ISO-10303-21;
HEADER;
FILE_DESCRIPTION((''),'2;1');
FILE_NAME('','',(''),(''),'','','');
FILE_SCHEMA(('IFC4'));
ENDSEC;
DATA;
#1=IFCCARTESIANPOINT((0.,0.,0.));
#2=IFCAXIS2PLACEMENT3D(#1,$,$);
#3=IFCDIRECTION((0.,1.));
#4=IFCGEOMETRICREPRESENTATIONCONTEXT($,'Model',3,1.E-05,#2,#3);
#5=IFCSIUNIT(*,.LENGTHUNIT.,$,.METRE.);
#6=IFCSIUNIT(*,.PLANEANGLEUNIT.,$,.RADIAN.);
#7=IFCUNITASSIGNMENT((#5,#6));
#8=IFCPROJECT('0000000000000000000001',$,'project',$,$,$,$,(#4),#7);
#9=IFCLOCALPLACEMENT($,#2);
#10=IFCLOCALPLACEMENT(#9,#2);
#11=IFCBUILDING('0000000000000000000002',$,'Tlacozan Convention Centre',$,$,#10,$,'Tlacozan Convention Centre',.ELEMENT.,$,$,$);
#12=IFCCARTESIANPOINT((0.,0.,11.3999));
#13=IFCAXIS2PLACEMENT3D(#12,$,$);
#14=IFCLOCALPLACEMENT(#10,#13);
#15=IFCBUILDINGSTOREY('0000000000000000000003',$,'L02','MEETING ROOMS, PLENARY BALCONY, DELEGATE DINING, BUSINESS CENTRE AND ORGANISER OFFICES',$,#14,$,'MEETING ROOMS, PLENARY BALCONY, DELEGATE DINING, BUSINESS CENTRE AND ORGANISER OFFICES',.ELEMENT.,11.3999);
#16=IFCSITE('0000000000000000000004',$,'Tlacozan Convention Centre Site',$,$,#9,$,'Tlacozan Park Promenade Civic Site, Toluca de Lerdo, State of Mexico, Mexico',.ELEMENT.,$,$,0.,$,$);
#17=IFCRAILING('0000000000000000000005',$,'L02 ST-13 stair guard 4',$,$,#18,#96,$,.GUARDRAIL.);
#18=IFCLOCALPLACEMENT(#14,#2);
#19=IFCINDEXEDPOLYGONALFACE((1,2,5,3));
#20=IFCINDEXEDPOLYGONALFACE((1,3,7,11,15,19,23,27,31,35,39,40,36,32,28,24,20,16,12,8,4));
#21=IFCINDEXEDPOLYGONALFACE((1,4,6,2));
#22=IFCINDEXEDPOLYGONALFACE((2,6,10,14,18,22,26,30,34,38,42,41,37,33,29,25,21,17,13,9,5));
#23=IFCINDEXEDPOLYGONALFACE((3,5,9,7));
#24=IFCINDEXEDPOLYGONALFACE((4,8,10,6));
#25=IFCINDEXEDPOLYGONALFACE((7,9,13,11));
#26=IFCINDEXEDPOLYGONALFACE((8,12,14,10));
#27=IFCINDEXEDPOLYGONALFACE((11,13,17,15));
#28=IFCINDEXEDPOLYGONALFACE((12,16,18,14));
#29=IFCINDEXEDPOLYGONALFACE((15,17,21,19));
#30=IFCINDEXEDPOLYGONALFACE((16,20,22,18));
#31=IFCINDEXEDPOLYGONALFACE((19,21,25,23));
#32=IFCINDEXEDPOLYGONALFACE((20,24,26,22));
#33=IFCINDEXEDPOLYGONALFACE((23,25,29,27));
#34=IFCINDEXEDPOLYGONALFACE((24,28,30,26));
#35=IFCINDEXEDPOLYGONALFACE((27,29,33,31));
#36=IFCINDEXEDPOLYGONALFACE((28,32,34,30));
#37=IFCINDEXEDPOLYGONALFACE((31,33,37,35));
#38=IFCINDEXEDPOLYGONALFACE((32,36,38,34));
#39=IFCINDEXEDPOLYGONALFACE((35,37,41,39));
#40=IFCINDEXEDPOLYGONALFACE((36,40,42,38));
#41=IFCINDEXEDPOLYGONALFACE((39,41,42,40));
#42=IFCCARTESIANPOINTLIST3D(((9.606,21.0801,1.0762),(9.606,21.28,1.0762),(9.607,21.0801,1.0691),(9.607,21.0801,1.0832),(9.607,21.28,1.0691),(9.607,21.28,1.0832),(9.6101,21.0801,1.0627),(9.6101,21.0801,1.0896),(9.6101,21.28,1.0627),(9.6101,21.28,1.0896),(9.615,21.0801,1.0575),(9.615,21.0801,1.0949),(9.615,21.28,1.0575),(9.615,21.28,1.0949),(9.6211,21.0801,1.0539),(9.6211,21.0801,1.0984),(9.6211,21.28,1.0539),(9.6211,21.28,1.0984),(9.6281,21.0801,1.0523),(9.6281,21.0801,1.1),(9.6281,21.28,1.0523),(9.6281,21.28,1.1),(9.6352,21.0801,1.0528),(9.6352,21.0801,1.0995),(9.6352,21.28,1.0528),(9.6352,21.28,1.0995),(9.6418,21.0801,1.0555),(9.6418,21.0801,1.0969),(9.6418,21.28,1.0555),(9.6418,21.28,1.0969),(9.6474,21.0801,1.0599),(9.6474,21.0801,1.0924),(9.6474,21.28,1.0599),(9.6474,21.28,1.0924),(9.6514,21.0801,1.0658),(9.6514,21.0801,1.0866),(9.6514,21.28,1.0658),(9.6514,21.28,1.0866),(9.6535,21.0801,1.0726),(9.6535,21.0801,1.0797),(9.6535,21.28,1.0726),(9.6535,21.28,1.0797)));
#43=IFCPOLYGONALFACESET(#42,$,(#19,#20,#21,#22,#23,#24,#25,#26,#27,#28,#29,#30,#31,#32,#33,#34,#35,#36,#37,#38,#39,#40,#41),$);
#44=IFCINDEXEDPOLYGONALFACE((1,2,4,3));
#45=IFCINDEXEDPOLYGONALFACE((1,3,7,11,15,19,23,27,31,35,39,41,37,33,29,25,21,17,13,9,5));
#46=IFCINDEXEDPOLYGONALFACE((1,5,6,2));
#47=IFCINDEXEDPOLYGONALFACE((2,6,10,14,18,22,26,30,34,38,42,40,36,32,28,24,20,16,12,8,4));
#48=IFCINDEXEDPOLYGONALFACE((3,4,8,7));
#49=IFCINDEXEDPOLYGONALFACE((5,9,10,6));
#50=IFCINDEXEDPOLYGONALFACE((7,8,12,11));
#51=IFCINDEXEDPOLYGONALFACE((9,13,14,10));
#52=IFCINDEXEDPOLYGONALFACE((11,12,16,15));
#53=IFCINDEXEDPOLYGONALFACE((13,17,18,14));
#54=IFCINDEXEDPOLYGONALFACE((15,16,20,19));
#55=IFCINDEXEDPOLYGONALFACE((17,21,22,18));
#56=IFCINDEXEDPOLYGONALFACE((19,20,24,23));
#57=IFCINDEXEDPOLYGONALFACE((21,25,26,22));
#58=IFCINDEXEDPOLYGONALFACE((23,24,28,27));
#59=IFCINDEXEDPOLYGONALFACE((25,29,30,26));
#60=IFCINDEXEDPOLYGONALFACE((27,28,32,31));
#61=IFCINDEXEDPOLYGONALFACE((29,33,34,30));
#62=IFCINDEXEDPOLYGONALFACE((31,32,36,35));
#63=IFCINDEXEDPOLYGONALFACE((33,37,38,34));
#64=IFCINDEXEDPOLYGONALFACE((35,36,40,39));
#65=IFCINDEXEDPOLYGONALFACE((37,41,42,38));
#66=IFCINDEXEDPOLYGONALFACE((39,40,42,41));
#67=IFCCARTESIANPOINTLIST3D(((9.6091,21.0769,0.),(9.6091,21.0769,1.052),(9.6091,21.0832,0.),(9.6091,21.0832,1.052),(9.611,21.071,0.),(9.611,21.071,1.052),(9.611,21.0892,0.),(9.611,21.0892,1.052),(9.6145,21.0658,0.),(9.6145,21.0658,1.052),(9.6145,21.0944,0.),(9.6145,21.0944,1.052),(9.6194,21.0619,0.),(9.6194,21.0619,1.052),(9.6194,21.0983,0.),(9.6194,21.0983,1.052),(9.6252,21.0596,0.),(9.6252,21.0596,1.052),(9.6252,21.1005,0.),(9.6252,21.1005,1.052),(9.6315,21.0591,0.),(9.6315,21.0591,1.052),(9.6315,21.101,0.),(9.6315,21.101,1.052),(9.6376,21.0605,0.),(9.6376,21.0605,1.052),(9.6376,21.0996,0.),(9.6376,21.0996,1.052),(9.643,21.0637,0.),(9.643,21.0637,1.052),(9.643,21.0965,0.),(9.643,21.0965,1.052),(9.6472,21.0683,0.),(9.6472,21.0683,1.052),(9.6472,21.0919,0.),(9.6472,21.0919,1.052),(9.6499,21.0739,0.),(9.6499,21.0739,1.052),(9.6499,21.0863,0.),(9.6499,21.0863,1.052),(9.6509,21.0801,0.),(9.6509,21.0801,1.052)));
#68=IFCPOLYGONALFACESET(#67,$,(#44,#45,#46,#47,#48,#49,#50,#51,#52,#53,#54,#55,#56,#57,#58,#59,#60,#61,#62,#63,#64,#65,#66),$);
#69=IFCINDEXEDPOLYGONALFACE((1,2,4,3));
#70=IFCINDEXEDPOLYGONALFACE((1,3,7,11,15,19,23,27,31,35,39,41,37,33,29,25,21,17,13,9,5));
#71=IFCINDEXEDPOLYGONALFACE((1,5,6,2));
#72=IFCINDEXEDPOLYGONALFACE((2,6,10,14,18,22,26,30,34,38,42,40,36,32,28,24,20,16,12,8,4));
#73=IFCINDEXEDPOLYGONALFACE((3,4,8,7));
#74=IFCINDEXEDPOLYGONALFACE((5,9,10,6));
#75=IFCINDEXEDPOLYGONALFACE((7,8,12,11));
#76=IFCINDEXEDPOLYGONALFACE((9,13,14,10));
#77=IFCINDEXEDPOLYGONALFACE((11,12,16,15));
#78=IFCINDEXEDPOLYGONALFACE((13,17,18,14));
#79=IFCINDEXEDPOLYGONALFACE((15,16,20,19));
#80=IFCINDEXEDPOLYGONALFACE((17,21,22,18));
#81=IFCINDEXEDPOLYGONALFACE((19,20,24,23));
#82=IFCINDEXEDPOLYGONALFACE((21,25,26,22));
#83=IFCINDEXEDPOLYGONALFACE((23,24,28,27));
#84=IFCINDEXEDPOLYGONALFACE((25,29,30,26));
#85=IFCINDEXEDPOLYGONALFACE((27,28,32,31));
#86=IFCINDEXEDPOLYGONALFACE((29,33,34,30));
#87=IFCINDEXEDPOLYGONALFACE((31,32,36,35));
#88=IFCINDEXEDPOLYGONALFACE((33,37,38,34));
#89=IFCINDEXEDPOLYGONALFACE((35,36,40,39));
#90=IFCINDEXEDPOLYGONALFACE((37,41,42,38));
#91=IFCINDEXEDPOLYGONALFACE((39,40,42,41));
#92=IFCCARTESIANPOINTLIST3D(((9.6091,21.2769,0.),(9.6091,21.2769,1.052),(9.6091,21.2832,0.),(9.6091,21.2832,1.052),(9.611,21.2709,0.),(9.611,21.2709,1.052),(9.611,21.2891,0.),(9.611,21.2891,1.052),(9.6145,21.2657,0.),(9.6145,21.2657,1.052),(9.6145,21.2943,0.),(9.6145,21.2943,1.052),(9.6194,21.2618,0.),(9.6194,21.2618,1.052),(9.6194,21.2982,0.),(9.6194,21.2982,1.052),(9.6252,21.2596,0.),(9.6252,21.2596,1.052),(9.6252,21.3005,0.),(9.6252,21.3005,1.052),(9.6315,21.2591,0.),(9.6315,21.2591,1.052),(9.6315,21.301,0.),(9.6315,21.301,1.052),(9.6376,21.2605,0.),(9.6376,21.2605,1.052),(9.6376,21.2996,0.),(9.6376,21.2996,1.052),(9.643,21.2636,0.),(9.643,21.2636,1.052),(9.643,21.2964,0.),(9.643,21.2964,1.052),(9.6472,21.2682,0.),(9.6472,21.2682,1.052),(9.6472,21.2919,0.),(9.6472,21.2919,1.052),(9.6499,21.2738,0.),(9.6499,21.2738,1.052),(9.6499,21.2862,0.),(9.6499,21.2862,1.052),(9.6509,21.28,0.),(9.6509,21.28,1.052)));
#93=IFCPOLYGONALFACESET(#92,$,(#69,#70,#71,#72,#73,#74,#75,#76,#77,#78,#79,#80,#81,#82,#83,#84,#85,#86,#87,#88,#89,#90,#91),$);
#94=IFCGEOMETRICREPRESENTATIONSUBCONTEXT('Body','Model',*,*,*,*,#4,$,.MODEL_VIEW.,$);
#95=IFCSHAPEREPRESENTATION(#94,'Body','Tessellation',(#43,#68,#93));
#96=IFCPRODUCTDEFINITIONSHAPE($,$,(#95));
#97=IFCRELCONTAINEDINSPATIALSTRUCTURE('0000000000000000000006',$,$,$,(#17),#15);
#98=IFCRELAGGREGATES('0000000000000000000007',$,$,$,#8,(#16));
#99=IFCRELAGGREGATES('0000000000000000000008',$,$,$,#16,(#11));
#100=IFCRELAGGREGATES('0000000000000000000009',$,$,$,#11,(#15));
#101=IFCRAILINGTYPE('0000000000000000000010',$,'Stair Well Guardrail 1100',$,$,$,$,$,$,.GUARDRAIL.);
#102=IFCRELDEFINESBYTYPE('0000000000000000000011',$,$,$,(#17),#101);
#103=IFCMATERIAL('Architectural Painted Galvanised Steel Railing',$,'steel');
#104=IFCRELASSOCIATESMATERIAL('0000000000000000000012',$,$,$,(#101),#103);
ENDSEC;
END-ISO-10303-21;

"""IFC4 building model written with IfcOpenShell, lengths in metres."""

from ifc_helpers import new_model, si_unit, direction, frame, origin, origin_2d, place, context, subcontext, project, spatial, circle, extrude, material, type_object, element, save


model = new_model("IFC4")

# Units and contexts
model_context = context("Model", 3, precision=1e-05, world=origin(), true_north=direction((0.0, 1.0)))
body_context = subcontext(model_context, "Body", "Model", "MODEL_VIEW")
ifc_project = project(units=[si_unit("LENGTHUNIT", "METRE"), si_unit("PLANEANGLEUNIT", "RADIAN")], contexts=[model_context])

# Site, building, storey
site_placement = place(None, origin())
site = spatial("IfcSite", under=ifc_project, at=site_placement, Name="Tlacozan Convention Centre Site", LongName="Tlacozan Park Promenade Civic Site, Toluca de Lerdo, State of Mexico, Mexico", CompositionType="ELEMENT", RefElevation=0.0)
building_placement = place(site_placement, origin())
building = spatial("IfcBuilding", under=site, at=building_placement, Name="Tlacozan Convention Centre", LongName="Tlacozan Convention Centre", CompositionType="ELEMENT")
storey_placement = place(building_placement, frame((0.0, 0.0, 11.3999)))
storey = spatial("IfcBuildingStorey", under=building, at=storey_placement, Name="L02", Description="MEETING ROOMS, PLENARY BALCONY, DELEGATE DINING, BUSINESS CENTRE AND ORGANISER OFFICES", LongName="MEETING ROOMS, PLENARY BALCONY, DELEGATE DINING, BUSINESS CENTRE AND ORGANISER OFFICES", CompositionType="ELEMENT", Elevation=11.3999)

# Railing
ifc_material_1 = material(Name="Architectural Painted Galvanised Steel Railing", Category="steel")
railing_type_1 = type_object("IfcRailingType", Name="Stair Well Guardrail 1100", PredefinedType="GUARDRAIL", material=ifc_material_1)
railing_1_placement = place(storey_placement, frame((9.6299, 21.0801, 0.0)))
element("IfcRailing", 1, at=railing_1_placement, inside=storey, type_object=railing_type_1, Name="L02 ST-13 stair guard 4", PredefinedType="GUARDRAIL", context=body_context, shape_type="SweptSolid", body=[
    extrude(circle(Radius=0.0239, at=origin_2d()), frame((0.0, 0.0, 1.0762), z_axis=(0.0, 1.0, 0.0), x_axis=(-1.0, 0.0, 0.0)), (0.0, 0.0, 1.0), 0.2),
    extrude(circle(Radius=0.021, at=origin_2d()), origin(), (0.0, 0.0, 1.0), 1.052),
    extrude(circle(Radius=0.021, at=origin_2d()), frame((0.0, 0.2, 0.0)), (0.0, 0.0, 1.0), 1.052),
])

save(model, "model.ifc")
